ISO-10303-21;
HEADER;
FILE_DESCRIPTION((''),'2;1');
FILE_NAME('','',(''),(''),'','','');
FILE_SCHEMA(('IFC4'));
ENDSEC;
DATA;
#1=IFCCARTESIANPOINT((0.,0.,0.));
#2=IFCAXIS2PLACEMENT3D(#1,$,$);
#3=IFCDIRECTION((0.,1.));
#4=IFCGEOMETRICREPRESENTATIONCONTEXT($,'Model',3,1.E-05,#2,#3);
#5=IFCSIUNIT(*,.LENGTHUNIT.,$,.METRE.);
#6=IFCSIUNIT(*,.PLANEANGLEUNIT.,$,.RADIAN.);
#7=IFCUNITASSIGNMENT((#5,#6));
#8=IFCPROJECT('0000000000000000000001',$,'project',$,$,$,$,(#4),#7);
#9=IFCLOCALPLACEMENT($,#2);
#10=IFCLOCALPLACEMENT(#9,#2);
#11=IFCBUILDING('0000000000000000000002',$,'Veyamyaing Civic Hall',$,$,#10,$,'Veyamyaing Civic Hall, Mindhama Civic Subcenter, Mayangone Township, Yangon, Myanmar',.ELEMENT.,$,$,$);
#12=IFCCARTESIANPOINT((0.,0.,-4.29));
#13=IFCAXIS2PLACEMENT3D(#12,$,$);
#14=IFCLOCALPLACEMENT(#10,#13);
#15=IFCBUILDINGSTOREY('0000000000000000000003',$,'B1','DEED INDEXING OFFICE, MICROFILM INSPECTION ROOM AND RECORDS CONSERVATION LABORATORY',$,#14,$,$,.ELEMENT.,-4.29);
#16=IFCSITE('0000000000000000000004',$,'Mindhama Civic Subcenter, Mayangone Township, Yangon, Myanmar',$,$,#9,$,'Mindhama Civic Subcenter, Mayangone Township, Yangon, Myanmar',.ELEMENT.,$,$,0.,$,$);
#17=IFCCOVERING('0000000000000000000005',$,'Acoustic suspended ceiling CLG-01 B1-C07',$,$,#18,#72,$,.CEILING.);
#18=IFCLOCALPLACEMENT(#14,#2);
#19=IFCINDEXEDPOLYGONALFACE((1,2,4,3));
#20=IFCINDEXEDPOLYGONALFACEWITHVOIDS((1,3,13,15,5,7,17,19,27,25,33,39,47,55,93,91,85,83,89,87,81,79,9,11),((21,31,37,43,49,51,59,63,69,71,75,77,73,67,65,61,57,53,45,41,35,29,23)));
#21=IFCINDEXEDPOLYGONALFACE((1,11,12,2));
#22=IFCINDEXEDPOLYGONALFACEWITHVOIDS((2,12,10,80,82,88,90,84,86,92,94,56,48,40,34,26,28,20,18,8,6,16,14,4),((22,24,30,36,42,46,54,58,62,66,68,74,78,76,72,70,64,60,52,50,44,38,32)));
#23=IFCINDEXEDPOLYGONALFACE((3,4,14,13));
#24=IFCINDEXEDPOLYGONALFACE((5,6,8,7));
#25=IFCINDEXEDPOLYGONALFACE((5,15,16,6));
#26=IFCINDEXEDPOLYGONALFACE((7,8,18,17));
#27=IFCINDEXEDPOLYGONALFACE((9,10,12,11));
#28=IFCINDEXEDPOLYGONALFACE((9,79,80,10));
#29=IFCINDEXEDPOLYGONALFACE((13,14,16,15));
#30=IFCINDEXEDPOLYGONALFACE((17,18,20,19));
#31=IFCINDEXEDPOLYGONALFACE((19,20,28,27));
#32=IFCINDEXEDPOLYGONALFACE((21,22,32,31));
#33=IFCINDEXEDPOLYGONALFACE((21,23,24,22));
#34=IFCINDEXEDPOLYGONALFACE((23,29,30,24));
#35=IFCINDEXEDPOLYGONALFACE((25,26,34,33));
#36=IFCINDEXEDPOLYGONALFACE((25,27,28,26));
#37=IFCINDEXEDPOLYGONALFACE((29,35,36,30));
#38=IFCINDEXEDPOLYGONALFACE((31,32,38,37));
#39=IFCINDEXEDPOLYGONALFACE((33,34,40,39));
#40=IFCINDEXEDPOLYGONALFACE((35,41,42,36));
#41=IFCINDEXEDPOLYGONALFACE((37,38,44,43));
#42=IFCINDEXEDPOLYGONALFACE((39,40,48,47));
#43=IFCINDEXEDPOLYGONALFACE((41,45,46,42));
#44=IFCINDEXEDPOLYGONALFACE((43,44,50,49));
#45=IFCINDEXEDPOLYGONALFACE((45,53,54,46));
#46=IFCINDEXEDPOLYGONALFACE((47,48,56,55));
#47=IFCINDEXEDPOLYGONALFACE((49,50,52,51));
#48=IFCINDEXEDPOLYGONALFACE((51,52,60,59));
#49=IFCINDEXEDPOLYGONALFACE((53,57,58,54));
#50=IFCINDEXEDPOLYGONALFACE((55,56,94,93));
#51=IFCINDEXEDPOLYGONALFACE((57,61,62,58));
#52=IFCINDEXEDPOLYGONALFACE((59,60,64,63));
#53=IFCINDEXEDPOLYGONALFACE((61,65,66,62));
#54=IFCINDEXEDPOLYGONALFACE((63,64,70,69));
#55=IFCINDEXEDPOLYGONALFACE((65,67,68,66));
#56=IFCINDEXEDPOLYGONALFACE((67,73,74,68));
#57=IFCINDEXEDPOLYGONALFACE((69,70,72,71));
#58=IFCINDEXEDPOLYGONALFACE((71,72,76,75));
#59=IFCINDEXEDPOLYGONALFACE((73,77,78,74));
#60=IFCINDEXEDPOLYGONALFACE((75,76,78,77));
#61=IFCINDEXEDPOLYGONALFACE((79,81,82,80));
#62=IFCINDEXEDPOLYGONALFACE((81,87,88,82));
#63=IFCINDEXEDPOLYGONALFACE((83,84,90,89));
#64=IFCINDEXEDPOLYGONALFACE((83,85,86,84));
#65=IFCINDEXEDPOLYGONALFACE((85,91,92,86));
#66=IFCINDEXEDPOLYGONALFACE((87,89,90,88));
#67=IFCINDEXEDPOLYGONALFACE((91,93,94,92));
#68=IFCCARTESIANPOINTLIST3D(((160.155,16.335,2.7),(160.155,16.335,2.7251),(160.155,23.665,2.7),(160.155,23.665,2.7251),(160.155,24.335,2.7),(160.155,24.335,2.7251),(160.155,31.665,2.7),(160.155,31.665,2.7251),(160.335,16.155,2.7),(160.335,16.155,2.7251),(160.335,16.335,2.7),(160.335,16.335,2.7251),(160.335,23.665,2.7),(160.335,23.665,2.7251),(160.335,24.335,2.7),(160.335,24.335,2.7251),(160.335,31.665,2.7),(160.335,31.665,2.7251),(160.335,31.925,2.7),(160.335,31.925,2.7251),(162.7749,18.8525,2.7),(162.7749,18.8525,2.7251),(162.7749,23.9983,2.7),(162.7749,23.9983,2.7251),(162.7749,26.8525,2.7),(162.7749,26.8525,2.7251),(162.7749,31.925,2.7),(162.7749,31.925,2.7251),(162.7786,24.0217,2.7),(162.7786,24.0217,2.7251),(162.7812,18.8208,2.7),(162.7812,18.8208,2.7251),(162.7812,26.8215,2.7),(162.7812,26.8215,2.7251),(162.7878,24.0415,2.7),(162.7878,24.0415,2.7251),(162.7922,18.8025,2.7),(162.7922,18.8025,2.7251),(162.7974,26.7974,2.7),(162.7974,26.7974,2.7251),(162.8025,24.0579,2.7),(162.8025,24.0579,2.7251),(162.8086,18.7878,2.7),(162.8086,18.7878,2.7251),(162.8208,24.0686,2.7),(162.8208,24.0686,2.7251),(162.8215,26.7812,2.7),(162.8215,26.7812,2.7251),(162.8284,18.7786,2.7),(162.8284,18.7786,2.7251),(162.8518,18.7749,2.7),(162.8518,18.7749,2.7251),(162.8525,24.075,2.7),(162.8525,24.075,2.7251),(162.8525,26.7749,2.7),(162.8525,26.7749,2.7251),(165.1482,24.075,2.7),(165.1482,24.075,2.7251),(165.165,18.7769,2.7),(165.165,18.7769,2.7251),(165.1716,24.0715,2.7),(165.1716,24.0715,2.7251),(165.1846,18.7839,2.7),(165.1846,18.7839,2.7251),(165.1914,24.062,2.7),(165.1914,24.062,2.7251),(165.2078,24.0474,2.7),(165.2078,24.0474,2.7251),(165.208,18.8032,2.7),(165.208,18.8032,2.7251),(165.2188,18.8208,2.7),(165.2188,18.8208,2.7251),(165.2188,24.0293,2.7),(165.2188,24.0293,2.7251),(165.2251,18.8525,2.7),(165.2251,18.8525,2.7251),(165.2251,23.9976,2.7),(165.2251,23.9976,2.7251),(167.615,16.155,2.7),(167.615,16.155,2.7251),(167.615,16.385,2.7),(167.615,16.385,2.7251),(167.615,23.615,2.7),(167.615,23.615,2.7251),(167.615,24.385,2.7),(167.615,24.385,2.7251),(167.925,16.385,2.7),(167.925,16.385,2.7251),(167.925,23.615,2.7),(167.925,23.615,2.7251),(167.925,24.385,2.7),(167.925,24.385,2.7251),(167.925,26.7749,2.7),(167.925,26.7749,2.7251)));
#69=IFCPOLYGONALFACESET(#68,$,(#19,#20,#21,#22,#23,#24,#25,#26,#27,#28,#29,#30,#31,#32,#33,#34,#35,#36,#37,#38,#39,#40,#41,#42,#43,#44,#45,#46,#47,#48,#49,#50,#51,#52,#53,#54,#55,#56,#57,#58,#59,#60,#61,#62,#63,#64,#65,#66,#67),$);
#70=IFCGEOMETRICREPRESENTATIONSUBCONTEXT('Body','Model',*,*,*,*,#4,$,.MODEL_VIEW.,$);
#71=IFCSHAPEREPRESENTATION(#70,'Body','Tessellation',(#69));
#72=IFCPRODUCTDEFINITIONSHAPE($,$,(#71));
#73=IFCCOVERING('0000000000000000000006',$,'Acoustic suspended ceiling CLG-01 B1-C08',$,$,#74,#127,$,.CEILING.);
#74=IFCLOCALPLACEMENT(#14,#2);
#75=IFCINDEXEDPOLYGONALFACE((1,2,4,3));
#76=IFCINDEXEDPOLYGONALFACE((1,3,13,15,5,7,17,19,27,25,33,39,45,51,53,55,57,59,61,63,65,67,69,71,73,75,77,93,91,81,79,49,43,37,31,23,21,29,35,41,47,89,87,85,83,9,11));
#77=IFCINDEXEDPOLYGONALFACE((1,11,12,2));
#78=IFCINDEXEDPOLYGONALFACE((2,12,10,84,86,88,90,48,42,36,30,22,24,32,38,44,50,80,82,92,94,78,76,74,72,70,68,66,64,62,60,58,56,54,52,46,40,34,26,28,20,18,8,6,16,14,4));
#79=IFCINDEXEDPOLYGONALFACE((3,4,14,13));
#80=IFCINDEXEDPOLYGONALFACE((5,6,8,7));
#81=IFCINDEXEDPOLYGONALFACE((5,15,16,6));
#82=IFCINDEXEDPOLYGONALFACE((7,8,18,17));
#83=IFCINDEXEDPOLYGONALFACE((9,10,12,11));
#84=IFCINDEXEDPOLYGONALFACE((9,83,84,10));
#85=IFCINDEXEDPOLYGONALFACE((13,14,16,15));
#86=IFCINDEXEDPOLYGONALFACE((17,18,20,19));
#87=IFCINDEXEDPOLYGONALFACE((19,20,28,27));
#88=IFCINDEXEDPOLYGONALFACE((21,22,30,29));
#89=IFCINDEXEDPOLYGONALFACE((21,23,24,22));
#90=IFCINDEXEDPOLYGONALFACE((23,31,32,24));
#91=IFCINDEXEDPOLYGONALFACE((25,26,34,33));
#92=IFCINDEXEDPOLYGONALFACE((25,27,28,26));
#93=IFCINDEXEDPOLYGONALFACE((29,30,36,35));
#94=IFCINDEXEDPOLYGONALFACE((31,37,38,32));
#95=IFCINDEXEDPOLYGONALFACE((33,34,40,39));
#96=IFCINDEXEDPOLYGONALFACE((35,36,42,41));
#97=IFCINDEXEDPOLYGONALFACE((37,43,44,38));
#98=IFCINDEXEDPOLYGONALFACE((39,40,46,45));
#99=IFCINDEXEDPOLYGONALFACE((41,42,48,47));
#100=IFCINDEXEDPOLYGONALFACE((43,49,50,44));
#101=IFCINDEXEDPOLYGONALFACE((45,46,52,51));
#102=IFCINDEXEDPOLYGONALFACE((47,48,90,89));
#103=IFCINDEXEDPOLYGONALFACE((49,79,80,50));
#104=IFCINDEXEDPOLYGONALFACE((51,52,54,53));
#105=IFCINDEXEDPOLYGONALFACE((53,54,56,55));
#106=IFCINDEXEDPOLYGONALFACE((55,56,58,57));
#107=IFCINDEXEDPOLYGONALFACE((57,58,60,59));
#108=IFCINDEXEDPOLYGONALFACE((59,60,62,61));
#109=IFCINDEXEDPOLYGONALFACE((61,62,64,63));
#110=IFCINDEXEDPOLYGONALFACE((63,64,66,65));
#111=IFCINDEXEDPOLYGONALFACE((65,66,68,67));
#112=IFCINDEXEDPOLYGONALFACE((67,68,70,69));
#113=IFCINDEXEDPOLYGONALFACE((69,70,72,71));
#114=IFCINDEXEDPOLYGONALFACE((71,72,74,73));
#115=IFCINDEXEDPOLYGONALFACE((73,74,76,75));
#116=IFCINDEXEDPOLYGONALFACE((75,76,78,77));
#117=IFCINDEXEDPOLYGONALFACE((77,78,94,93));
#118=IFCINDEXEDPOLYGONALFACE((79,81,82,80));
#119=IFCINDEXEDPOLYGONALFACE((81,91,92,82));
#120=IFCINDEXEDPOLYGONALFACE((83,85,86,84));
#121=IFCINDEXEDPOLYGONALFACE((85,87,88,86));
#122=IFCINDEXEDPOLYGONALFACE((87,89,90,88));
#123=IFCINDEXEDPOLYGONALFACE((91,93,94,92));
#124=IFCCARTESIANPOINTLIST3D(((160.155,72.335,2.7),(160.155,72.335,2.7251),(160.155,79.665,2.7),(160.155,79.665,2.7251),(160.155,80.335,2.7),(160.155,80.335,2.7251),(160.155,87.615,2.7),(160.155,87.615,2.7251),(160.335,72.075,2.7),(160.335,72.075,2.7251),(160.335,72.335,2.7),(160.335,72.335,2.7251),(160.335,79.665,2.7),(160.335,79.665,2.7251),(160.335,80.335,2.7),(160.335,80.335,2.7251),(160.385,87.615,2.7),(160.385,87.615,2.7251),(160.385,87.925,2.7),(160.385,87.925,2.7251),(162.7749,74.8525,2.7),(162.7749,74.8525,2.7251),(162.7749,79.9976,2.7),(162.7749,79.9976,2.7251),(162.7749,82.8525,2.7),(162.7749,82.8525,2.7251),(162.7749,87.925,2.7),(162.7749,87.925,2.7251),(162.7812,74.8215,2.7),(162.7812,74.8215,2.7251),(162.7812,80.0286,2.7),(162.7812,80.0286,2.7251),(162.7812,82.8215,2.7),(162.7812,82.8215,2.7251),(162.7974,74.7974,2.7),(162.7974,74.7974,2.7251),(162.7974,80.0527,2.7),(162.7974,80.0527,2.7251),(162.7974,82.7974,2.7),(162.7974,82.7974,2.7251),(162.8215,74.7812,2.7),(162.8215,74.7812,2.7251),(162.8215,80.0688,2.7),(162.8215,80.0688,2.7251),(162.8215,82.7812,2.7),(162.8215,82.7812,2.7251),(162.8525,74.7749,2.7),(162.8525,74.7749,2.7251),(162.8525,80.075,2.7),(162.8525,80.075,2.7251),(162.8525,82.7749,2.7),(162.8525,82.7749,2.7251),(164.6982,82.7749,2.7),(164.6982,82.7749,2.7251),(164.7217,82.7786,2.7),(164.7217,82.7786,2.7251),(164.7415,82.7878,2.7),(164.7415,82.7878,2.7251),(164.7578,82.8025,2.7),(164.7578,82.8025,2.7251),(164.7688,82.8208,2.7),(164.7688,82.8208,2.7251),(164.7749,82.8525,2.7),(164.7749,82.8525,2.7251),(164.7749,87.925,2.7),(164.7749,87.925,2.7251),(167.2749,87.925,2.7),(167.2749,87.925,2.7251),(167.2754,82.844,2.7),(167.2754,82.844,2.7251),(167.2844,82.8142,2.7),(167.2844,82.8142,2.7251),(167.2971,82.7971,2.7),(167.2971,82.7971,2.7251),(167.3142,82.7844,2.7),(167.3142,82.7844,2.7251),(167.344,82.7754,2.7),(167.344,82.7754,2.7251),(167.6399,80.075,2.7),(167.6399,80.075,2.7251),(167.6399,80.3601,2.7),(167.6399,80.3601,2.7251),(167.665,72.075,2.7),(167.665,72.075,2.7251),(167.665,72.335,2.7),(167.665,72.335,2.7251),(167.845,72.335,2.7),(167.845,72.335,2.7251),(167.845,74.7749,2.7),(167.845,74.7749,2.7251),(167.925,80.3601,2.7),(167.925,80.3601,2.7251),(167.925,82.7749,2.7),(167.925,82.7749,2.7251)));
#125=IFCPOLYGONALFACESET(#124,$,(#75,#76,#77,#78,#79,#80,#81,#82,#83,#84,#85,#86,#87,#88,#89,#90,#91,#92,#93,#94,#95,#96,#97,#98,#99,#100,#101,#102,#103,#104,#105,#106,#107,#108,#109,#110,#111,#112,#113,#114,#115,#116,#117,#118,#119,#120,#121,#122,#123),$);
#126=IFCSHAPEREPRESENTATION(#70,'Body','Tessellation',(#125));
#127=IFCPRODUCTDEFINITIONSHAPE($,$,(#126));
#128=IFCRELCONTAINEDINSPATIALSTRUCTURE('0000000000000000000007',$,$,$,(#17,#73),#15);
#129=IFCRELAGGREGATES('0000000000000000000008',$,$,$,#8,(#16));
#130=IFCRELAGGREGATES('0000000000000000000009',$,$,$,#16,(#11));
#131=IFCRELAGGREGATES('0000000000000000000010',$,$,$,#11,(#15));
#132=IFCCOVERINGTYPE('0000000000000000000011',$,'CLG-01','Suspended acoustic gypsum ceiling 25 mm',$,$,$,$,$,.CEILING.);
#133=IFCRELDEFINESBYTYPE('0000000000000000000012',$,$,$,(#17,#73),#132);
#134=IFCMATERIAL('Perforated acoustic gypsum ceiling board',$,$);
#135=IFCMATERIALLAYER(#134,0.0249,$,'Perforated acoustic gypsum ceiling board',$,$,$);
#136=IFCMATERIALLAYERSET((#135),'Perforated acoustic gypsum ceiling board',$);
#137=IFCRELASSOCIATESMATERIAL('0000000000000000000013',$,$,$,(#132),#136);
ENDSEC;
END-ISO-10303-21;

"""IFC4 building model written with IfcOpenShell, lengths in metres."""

from ifc_helpers import new_model, si_unit, direction, frame, origin, place, context, subcontext, project, spatial, polyline, outline, extrude, material, layer, layer_set, type_object, element, save


model = new_model("IFC4")

# Units and contexts
model_context = context("Model", 3, precision=1e-05, world=origin(), true_north=direction((0.0, 1.0)))
body_context = subcontext(model_context, "Body", "Model", "MODEL_VIEW")
ifc_project = project(units=[si_unit("LENGTHUNIT", "METRE"), si_unit("PLANEANGLEUNIT", "RADIAN")], contexts=[model_context])

# Site, building, storey
site_placement = place(None, origin())
site = spatial("IfcSite", under=ifc_project, at=site_placement, Name="Mindhama Civic Subcenter, Mayangone Township, Yangon, Myanmar", LongName="Mindhama Civic Subcenter, Mayangone Township, Yangon, Myanmar", CompositionType="ELEMENT", RefElevation=0.0)
building_placement = place(site_placement, origin())
building = spatial("IfcBuilding", under=site, at=building_placement, Name="Veyamyaing Civic Hall", LongName="Veyamyaing Civic Hall, Mindhama Civic Subcenter, Mayangone Township, Yangon, Myanmar", CompositionType="ELEMENT")
storey_placement = place(building_placement, frame((0.0, 0.0, -4.29)))
storey = spatial("IfcBuildingStorey", under=building, at=storey_placement, Name="B1", Description="DEED INDEXING OFFICE, MICROFILM INSPECTION ROOM AND RECORDS CONSERVATION LABORATORY", CompositionType="ELEMENT", Elevation=-4.29)

# Coverings
ifc_material_1 = material(Name="Perforated acoustic gypsum ceiling board")
ifc_layer_1 = layer(ifc_material_1, 0.0249, Name="Perforated acoustic gypsum ceiling board")
ifc_layer_set_1 = layer_set([ifc_layer_1], Name="Perforated acoustic gypsum ceiling board")
covering_type_1 = type_object("IfcCoveringType", Name="CLG-01", Description="Suspended acoustic gypsum ceiling 25 mm", PredefinedType="CEILING", material=ifc_layer_set_1)
covering_1_placement = place(storey_placement, frame((0.0, 0.0, 2.7)))
element("IfcCovering", 1, at=covering_1_placement, inside=storey, type_object=covering_type_1, Name="Acoustic suspended ceiling CLG-01 B1-C07", PredefinedType="CEILING", context=body_context, shape_type="SweptSolid", body=[
    extrude(outline(polyline([(162.7749, 26.8525), (162.7812, 26.8215), (162.7974, 26.7974), (162.8215, 26.7812), (162.8525, 26.7749), (167.925, 26.7749), (167.925, 24.385), (167.615, 24.385), (167.615, 23.615), (167.925, 23.615), (167.925, 16.385), (167.615, 16.385), (167.615, 16.155), (160.335, 16.155), (160.335, 16.335), (160.155, 16.335), (160.155, 23.665), (160.335, 23.665), (160.335, 24.335), (160.155, 24.335), (160.155, 31.665), (160.335, 31.665), (160.335, 31.925), (162.7749, 31.925), (162.7749, 26.8525)]), holes=[polyline([(165.165, 18.7769), (165.1846, 18.7839), (165.208, 18.8032), (165.2188, 18.8208), (165.2251, 18.8525), (165.2251, 23.9976), (165.2188, 24.0293), (165.2078, 24.0474), (165.1914, 24.062), (165.1716, 24.0715), (165.1482, 24.075), (162.8525, 24.075), (162.8208, 24.0686), (162.8025, 24.0579), (162.7878, 24.0415), (162.7786, 24.0217), (162.7749, 23.9983), (162.7749, 18.8525), (162.7812, 18.8208), (162.7922, 18.8025), (162.8086, 18.7878), (162.8284, 18.7786), (162.8518, 18.7749), (165.165, 18.7769)])]), origin(), (0.0, 0.0, 1.0), 0.0251),
])
covering_2_placement = place(storey_placement, frame((0.0, 0.0, 2.7)))
element("IfcCovering", 2, at=covering_2_placement, inside=storey, type_object=covering_type_1, Name="Acoustic suspended ceiling CLG-01 B1-C08", PredefinedType="CEILING", context=body_context, shape_type="SweptSolid", body=[
    extrude(outline(polyline([(162.7749, 82.8525), (162.7812, 82.8215), (162.7974, 82.7974), (162.8215, 82.7812), (162.8525, 82.7749), (164.6982, 82.7749), (164.7217, 82.7786), (164.7415, 82.7878), (164.7578, 82.8025), (164.7688, 82.8208), (164.7749, 82.8525), (164.7749, 87.925), (167.2749, 87.925), (167.2754, 82.844), (167.2844, 82.8142), (167.2971, 82.7971), (167.3142, 82.7844), (167.344, 82.7754), (167.925, 82.7749), (167.925, 80.3601), (167.6399, 80.3601), (167.6399, 80.075), (162.8525, 80.075), (162.8215, 80.0688), (162.7974, 80.0527), (162.7812, 80.0286), (162.7749, 79.9976), (162.7749, 74.8525), (162.7812, 74.8215), (162.7974, 74.7974), (162.8215, 74.7812), (162.8525, 74.7749), (167.845, 74.7749), (167.845, 72.335), (167.665, 72.335), (167.665, 72.075), (160.335, 72.075), (160.335, 72.335), (160.155, 72.335), (160.155, 79.665), (160.335, 79.665), (160.335, 80.335), (160.155, 80.335), (160.155, 87.615), (160.385, 87.615), (160.385, 87.925), (162.7749, 87.925), (162.7749, 82.8525)])), origin(), (0.0, 0.0, 1.0), 0.0251),
])

save(model, "model.ifc")
